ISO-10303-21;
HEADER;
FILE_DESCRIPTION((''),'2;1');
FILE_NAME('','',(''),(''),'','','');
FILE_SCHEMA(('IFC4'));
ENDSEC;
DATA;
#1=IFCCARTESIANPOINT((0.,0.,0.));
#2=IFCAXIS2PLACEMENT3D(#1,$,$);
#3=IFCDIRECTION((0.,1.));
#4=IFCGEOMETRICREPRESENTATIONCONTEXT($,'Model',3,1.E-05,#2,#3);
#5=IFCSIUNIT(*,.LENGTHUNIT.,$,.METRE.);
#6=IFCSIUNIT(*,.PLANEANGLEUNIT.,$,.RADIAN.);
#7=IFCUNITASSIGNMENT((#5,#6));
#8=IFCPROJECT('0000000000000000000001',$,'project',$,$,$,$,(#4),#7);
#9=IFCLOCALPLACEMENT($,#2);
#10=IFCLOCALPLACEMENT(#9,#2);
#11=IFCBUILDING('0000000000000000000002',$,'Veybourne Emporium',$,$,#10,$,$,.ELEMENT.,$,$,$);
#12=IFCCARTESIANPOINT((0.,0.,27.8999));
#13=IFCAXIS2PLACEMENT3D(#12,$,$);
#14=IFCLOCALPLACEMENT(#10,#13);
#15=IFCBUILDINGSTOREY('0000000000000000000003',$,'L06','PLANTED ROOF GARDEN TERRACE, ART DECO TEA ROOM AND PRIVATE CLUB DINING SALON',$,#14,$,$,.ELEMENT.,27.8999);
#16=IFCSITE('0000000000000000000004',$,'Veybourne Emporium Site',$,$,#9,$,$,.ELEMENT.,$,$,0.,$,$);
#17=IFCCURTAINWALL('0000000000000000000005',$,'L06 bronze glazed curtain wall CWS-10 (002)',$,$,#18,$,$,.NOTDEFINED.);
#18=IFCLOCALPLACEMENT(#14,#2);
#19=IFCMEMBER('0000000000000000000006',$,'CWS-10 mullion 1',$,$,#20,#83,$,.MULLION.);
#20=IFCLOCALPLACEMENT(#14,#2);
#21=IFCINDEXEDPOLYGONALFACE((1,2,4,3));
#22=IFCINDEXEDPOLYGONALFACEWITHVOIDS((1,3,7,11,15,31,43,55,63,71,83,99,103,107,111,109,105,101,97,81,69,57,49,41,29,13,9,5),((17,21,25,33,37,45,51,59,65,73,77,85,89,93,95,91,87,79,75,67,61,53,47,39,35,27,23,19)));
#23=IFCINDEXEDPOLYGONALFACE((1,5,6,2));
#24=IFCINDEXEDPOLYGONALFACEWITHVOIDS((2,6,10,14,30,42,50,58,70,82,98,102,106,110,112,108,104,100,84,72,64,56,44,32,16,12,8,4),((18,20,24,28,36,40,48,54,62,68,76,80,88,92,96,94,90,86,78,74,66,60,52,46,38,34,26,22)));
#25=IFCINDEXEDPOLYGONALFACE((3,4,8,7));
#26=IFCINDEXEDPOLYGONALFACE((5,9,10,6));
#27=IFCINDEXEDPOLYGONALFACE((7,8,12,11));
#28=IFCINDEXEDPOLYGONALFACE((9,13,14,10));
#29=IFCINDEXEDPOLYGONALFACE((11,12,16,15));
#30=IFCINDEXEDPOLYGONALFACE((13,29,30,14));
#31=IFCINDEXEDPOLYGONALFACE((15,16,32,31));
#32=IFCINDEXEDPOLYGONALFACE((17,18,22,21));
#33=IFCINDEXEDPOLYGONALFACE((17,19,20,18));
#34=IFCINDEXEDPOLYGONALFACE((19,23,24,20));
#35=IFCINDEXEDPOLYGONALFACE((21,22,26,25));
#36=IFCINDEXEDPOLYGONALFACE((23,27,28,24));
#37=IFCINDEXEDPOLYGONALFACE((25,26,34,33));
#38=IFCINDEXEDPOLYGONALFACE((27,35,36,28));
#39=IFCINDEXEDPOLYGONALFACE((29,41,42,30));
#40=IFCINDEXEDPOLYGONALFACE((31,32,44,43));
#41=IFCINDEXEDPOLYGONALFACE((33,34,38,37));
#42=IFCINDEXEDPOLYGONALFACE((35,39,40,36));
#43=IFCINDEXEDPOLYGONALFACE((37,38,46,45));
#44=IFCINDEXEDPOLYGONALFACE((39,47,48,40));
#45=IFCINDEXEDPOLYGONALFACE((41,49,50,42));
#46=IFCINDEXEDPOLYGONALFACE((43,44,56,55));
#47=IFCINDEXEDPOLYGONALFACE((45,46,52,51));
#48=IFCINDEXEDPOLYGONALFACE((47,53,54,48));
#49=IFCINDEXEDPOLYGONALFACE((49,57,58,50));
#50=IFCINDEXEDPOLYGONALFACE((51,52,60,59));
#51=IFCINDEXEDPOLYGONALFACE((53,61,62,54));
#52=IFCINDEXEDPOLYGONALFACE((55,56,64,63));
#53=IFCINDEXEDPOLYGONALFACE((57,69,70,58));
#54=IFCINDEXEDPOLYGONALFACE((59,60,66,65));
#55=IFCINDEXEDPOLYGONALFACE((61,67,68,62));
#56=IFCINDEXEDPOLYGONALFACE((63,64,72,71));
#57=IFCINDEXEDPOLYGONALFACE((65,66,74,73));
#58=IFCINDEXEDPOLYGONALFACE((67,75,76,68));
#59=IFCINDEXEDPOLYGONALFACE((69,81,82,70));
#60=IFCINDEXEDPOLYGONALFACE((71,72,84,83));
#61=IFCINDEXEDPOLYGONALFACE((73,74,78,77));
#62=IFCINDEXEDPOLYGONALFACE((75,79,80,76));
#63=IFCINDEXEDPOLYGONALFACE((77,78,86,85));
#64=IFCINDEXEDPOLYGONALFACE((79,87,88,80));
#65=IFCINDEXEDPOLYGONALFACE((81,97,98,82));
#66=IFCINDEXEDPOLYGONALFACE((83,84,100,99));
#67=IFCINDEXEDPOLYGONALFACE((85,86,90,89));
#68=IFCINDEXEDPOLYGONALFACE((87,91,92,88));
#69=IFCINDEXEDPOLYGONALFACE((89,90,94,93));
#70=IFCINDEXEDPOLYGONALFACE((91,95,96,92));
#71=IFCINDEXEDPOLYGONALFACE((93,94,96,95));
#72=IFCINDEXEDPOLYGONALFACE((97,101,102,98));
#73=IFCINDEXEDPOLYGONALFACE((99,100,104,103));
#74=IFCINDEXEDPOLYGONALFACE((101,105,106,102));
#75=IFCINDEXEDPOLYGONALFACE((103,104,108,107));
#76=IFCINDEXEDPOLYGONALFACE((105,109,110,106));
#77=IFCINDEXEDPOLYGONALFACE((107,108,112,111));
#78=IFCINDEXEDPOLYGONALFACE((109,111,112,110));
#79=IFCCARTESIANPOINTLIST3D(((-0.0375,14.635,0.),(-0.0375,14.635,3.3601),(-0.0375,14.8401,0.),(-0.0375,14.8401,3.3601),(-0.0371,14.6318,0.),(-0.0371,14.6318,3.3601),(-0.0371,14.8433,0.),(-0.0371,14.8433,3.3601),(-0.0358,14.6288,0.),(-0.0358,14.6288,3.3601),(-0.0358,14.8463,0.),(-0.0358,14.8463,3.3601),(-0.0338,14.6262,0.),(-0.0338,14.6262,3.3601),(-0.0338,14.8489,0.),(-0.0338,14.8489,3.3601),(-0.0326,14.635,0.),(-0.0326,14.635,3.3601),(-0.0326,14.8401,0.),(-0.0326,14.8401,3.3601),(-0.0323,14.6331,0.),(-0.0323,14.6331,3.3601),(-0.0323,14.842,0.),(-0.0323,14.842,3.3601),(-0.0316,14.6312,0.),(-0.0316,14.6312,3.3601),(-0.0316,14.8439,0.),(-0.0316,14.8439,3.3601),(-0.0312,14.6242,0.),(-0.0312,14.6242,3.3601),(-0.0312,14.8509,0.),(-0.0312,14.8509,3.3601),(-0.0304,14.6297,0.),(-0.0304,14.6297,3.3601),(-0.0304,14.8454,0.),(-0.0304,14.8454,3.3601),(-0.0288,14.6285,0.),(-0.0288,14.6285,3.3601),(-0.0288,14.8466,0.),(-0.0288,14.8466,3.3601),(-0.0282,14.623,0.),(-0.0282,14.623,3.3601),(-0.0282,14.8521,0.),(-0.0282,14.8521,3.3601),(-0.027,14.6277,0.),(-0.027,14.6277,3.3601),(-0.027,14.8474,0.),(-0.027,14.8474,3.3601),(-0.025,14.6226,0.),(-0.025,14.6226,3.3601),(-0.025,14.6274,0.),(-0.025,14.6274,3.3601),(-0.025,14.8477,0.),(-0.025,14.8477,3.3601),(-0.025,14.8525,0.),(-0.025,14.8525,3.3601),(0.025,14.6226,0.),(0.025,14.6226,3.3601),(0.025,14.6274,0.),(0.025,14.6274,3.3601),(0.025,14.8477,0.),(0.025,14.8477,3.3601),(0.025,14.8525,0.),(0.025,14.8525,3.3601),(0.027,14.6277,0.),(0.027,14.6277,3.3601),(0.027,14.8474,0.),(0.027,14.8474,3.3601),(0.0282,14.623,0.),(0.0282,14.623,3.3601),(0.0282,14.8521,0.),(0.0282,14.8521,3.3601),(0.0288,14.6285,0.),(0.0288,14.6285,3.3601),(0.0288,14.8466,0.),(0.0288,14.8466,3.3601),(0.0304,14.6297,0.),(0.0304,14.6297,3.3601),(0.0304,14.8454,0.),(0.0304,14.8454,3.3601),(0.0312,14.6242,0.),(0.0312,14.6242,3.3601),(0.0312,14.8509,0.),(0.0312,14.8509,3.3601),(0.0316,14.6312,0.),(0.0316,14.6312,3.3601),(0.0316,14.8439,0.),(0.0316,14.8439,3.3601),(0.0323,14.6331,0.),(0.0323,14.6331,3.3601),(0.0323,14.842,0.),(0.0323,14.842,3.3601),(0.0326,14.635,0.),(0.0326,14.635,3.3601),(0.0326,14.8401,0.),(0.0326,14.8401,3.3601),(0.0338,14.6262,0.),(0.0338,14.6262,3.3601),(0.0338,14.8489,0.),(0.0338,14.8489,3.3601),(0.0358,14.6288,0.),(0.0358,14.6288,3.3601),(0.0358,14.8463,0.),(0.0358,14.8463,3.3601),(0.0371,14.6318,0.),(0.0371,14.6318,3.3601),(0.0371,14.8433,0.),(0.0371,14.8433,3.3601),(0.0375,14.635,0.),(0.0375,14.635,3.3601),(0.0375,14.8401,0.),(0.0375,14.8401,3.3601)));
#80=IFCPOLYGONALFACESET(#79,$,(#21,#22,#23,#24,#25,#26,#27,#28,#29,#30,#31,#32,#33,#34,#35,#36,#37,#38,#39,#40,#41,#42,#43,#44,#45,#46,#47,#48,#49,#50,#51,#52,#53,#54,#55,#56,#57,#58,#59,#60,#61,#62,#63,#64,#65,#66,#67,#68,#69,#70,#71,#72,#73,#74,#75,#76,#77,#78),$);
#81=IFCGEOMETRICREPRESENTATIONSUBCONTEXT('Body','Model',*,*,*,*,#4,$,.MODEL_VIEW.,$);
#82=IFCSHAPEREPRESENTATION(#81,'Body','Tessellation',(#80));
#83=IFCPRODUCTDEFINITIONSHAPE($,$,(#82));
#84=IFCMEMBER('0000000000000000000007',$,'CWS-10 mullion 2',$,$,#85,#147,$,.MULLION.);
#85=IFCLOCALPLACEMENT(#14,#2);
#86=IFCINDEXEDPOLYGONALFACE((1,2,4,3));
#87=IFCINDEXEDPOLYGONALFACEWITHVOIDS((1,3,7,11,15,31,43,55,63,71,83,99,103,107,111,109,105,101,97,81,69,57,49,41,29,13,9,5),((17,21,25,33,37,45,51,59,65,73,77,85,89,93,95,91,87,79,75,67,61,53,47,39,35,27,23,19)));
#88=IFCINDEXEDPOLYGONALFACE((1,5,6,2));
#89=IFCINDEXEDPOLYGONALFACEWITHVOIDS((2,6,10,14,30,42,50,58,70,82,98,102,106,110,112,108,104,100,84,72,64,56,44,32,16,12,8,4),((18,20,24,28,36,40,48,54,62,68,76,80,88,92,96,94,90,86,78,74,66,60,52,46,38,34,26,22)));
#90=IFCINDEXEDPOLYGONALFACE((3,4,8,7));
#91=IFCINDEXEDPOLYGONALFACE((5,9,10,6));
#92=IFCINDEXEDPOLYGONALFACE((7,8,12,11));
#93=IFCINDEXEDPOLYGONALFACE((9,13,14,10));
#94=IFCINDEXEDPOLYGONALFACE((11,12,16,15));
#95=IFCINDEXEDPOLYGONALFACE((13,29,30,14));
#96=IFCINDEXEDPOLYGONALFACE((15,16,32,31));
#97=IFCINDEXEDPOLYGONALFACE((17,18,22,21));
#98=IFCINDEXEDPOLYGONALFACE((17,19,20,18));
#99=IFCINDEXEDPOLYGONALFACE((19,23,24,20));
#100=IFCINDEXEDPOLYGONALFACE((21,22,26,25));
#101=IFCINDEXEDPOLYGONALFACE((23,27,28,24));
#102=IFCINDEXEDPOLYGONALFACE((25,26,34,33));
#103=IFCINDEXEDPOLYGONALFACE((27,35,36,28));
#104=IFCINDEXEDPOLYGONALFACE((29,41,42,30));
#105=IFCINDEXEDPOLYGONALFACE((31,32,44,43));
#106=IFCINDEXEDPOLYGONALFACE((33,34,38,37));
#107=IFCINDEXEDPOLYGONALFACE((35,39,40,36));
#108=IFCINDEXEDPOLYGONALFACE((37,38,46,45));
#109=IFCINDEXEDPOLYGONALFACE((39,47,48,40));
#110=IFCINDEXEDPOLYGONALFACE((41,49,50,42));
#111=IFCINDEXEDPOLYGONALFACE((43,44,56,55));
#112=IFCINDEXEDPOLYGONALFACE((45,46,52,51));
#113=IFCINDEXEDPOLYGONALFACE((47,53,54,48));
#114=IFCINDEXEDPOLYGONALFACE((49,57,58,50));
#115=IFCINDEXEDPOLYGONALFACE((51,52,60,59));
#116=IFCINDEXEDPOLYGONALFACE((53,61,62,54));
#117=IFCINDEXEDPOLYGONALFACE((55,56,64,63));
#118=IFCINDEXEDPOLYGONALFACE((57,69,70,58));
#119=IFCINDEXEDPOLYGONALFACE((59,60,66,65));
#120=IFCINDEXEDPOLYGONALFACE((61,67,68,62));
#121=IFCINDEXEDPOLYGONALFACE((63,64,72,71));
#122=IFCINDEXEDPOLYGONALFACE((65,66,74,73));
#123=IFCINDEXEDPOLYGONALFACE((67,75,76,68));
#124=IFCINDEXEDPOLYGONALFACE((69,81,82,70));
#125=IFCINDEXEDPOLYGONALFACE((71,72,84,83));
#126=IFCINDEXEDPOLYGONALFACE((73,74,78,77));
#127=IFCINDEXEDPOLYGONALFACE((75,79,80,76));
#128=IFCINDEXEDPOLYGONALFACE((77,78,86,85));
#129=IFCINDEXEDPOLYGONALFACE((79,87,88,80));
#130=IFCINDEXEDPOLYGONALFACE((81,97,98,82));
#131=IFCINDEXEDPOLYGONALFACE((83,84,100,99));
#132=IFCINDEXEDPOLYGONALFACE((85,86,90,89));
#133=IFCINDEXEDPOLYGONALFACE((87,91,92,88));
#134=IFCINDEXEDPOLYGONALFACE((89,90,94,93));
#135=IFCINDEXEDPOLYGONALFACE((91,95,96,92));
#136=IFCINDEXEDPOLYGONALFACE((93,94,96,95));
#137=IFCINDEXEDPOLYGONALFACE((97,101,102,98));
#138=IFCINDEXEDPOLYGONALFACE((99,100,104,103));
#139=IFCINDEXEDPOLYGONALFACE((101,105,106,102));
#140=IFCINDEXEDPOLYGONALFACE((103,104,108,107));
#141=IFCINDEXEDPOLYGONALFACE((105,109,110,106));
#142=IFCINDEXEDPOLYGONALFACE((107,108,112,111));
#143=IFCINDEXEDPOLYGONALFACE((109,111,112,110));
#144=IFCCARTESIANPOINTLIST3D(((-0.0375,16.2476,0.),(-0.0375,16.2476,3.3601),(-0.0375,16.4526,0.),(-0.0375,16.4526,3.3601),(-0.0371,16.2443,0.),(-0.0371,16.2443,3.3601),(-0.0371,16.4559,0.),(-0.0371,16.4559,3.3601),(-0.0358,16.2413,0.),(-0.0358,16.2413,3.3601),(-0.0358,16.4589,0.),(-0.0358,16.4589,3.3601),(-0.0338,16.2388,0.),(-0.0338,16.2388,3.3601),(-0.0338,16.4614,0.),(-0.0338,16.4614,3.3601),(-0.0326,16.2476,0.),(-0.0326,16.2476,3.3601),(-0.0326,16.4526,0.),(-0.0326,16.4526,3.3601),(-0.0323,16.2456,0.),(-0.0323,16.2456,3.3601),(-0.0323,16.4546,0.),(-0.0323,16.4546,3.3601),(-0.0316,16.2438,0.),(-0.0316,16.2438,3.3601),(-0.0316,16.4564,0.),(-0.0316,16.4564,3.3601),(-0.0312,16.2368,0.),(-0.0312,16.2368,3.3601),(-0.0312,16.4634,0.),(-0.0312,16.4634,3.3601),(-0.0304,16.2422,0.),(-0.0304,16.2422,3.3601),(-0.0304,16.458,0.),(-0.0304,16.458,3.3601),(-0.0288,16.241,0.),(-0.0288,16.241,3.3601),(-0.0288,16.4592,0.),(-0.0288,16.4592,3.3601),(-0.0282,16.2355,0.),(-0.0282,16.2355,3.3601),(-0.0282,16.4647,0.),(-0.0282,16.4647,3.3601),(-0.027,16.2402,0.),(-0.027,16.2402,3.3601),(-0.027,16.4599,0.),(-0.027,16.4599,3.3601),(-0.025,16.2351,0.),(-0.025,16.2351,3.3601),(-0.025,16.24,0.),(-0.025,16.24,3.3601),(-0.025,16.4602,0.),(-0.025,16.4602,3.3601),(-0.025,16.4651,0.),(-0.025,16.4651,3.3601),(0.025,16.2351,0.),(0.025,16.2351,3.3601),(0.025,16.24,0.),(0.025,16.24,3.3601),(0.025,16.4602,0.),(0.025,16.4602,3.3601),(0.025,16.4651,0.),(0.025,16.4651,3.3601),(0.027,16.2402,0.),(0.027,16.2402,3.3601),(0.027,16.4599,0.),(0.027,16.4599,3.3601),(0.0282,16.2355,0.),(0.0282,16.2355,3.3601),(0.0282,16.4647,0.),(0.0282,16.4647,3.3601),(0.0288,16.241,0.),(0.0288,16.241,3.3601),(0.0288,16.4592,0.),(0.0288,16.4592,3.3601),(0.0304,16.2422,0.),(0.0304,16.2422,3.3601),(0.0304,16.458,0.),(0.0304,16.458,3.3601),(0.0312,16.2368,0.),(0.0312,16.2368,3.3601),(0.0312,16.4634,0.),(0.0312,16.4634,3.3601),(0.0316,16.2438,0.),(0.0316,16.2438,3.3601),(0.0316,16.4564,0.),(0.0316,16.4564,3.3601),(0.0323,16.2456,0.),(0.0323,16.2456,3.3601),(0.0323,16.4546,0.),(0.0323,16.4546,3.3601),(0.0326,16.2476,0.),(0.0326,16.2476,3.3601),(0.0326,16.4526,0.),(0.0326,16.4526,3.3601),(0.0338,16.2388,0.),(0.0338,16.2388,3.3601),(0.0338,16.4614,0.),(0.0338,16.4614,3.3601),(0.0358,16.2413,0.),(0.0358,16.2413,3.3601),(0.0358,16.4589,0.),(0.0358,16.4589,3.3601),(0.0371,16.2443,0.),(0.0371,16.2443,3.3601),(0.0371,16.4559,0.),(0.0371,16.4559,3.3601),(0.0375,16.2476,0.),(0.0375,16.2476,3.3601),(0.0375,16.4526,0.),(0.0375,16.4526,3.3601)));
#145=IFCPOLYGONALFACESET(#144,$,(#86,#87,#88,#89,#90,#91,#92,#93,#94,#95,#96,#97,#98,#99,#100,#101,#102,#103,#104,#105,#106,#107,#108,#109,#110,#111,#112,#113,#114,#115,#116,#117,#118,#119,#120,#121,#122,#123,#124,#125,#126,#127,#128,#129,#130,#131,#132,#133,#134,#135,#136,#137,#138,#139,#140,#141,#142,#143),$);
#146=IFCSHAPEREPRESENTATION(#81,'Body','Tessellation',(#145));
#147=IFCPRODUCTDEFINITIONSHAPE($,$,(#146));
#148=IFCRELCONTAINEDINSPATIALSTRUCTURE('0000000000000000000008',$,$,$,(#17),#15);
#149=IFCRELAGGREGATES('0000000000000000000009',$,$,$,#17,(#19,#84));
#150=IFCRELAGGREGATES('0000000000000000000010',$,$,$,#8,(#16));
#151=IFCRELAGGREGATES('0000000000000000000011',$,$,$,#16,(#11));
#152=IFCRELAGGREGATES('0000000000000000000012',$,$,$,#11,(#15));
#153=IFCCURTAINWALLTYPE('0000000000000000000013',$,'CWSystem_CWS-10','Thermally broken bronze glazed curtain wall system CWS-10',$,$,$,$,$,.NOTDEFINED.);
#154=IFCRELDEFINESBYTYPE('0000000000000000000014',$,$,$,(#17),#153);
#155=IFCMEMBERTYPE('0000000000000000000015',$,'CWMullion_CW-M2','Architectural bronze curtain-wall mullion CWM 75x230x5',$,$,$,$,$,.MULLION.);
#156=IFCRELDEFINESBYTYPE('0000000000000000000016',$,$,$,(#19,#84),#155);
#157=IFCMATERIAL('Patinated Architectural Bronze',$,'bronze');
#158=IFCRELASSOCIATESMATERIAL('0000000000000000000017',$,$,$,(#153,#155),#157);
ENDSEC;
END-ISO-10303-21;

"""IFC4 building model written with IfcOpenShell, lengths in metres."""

from ifc_helpers import new_model, si_unit, direction, frame, origin, origin_2d, place, context, subcontext, project, spatial, hollow_rectangle, extrude, material, material_profile, profile_set, type_object, element, aggregate, save


model = new_model("IFC4")

# Units and contexts
model_context = context("Model", 3, precision=1e-05, world=origin(), true_north=direction((0.0, 1.0)))
body_context = subcontext(model_context, "Body", "Model", "MODEL_VIEW")
ifc_project = project(units=[si_unit("LENGTHUNIT", "METRE"), si_unit("PLANEANGLEUNIT", "RADIAN")], contexts=[model_context])

# Site, building, storey
site_placement = place(None, origin())
site = spatial("IfcSite", under=ifc_project, at=site_placement, Name="Veybourne Emporium Site", CompositionType="ELEMENT", RefElevation=0.0)
building_placement = place(site_placement, origin())
building = spatial("IfcBuilding", under=site, at=building_placement, Name="Veybourne Emporium", CompositionType="ELEMENT")
storey_placement = place(building_placement, frame((0.0, 0.0, 27.8999)))
storey = spatial("IfcBuildingStorey", under=building, at=storey_placement, Name="L06", Description="PLANTED ROOF GARDEN TERRACE, ART DECO TEA ROOM AND PRIVATE CLUB DINING SALON", CompositionType="ELEMENT", Elevation=27.8999)

# Curtain wall, members
ifc_material_1 = material(Name="Patinated Architectural Bronze", Category="bronze")
curtain_wall_type = type_object("IfcCurtainWallType", Name="CWSystem_CWS-10", Description="Thermally broken bronze glazed curtain wall system CWS-10", PredefinedType="NOTDEFINED", material=ifc_material_1)
curtain_wall_placement = place(storey_placement, origin())
curtain_wall = element("IfcCurtainWall", 1, at=curtain_wall_placement, inside=storey, type_object=curtain_wall_type, Name="L06 bronze glazed curtain wall CWS-10 (002)", PredefinedType="NOTDEFINED")
ifc_material_profile_1 = material_profile(ifc_material_1, hollow_rectangle(XDim=0.075, YDim=0.23, WallThickness=0.0049, InnerFilletRadius=0.0076, OuterFilletRadius=0.0125, at=origin_2d()), Name="CWM 75x230x5")
ifc_profile_set_1 = profile_set([ifc_material_profile_1], Name="Patinated Architectural Bronze")
member_type_1 = type_object("IfcMemberType", Name="CWMullion_CW-M2", Description="Architectural bronze curtain-wall mullion CWM 75x230x5", PredefinedType="MULLION", material=ifc_profile_set_1)
member_1_placement = place(storey_placement, frame((0.0, 14.7375, 0.0), z_axis=(0.0, 0.0, 1.0), x_axis=(-1.0, 0.0, 0.0)))
member_1 = element("IfcMember", 2, at=member_1_placement, type_object=member_type_1, Name="CWS-10 mullion 1", PredefinedType="MULLION", context=body_context, shape_type="SweptSolid", body=[
    extrude(hollow_rectangle(XDim=0.075, YDim=0.23, WallThickness=0.0049, InnerFilletRadius=0.0076, OuterFilletRadius=0.0125, at=origin_2d()), origin(), (0.0, 0.0, 1.0), 3.3601),
])
member_2_placement = place(storey_placement, frame((0.0, 16.3501, 0.0), z_axis=(0.0, 0.0, 1.0), x_axis=(-1.0, 0.0, 0.0)))
member_2 = element("IfcMember", 3, at=member_2_placement, type_object=member_type_1, Name="CWS-10 mullion 2", PredefinedType="MULLION", context=body_context, shape_type="SweptSolid", body=[
    extrude(hollow_rectangle(XDim=0.075, YDim=0.23, WallThickness=0.0049, InnerFilletRadius=0.0076, OuterFilletRadius=0.0125, at=origin_2d()), origin(), (0.0, 0.0, 1.0), 3.3601),
])

aggregate(curtain_wall, [member_1, member_2])

save(model, "model.ifc")
